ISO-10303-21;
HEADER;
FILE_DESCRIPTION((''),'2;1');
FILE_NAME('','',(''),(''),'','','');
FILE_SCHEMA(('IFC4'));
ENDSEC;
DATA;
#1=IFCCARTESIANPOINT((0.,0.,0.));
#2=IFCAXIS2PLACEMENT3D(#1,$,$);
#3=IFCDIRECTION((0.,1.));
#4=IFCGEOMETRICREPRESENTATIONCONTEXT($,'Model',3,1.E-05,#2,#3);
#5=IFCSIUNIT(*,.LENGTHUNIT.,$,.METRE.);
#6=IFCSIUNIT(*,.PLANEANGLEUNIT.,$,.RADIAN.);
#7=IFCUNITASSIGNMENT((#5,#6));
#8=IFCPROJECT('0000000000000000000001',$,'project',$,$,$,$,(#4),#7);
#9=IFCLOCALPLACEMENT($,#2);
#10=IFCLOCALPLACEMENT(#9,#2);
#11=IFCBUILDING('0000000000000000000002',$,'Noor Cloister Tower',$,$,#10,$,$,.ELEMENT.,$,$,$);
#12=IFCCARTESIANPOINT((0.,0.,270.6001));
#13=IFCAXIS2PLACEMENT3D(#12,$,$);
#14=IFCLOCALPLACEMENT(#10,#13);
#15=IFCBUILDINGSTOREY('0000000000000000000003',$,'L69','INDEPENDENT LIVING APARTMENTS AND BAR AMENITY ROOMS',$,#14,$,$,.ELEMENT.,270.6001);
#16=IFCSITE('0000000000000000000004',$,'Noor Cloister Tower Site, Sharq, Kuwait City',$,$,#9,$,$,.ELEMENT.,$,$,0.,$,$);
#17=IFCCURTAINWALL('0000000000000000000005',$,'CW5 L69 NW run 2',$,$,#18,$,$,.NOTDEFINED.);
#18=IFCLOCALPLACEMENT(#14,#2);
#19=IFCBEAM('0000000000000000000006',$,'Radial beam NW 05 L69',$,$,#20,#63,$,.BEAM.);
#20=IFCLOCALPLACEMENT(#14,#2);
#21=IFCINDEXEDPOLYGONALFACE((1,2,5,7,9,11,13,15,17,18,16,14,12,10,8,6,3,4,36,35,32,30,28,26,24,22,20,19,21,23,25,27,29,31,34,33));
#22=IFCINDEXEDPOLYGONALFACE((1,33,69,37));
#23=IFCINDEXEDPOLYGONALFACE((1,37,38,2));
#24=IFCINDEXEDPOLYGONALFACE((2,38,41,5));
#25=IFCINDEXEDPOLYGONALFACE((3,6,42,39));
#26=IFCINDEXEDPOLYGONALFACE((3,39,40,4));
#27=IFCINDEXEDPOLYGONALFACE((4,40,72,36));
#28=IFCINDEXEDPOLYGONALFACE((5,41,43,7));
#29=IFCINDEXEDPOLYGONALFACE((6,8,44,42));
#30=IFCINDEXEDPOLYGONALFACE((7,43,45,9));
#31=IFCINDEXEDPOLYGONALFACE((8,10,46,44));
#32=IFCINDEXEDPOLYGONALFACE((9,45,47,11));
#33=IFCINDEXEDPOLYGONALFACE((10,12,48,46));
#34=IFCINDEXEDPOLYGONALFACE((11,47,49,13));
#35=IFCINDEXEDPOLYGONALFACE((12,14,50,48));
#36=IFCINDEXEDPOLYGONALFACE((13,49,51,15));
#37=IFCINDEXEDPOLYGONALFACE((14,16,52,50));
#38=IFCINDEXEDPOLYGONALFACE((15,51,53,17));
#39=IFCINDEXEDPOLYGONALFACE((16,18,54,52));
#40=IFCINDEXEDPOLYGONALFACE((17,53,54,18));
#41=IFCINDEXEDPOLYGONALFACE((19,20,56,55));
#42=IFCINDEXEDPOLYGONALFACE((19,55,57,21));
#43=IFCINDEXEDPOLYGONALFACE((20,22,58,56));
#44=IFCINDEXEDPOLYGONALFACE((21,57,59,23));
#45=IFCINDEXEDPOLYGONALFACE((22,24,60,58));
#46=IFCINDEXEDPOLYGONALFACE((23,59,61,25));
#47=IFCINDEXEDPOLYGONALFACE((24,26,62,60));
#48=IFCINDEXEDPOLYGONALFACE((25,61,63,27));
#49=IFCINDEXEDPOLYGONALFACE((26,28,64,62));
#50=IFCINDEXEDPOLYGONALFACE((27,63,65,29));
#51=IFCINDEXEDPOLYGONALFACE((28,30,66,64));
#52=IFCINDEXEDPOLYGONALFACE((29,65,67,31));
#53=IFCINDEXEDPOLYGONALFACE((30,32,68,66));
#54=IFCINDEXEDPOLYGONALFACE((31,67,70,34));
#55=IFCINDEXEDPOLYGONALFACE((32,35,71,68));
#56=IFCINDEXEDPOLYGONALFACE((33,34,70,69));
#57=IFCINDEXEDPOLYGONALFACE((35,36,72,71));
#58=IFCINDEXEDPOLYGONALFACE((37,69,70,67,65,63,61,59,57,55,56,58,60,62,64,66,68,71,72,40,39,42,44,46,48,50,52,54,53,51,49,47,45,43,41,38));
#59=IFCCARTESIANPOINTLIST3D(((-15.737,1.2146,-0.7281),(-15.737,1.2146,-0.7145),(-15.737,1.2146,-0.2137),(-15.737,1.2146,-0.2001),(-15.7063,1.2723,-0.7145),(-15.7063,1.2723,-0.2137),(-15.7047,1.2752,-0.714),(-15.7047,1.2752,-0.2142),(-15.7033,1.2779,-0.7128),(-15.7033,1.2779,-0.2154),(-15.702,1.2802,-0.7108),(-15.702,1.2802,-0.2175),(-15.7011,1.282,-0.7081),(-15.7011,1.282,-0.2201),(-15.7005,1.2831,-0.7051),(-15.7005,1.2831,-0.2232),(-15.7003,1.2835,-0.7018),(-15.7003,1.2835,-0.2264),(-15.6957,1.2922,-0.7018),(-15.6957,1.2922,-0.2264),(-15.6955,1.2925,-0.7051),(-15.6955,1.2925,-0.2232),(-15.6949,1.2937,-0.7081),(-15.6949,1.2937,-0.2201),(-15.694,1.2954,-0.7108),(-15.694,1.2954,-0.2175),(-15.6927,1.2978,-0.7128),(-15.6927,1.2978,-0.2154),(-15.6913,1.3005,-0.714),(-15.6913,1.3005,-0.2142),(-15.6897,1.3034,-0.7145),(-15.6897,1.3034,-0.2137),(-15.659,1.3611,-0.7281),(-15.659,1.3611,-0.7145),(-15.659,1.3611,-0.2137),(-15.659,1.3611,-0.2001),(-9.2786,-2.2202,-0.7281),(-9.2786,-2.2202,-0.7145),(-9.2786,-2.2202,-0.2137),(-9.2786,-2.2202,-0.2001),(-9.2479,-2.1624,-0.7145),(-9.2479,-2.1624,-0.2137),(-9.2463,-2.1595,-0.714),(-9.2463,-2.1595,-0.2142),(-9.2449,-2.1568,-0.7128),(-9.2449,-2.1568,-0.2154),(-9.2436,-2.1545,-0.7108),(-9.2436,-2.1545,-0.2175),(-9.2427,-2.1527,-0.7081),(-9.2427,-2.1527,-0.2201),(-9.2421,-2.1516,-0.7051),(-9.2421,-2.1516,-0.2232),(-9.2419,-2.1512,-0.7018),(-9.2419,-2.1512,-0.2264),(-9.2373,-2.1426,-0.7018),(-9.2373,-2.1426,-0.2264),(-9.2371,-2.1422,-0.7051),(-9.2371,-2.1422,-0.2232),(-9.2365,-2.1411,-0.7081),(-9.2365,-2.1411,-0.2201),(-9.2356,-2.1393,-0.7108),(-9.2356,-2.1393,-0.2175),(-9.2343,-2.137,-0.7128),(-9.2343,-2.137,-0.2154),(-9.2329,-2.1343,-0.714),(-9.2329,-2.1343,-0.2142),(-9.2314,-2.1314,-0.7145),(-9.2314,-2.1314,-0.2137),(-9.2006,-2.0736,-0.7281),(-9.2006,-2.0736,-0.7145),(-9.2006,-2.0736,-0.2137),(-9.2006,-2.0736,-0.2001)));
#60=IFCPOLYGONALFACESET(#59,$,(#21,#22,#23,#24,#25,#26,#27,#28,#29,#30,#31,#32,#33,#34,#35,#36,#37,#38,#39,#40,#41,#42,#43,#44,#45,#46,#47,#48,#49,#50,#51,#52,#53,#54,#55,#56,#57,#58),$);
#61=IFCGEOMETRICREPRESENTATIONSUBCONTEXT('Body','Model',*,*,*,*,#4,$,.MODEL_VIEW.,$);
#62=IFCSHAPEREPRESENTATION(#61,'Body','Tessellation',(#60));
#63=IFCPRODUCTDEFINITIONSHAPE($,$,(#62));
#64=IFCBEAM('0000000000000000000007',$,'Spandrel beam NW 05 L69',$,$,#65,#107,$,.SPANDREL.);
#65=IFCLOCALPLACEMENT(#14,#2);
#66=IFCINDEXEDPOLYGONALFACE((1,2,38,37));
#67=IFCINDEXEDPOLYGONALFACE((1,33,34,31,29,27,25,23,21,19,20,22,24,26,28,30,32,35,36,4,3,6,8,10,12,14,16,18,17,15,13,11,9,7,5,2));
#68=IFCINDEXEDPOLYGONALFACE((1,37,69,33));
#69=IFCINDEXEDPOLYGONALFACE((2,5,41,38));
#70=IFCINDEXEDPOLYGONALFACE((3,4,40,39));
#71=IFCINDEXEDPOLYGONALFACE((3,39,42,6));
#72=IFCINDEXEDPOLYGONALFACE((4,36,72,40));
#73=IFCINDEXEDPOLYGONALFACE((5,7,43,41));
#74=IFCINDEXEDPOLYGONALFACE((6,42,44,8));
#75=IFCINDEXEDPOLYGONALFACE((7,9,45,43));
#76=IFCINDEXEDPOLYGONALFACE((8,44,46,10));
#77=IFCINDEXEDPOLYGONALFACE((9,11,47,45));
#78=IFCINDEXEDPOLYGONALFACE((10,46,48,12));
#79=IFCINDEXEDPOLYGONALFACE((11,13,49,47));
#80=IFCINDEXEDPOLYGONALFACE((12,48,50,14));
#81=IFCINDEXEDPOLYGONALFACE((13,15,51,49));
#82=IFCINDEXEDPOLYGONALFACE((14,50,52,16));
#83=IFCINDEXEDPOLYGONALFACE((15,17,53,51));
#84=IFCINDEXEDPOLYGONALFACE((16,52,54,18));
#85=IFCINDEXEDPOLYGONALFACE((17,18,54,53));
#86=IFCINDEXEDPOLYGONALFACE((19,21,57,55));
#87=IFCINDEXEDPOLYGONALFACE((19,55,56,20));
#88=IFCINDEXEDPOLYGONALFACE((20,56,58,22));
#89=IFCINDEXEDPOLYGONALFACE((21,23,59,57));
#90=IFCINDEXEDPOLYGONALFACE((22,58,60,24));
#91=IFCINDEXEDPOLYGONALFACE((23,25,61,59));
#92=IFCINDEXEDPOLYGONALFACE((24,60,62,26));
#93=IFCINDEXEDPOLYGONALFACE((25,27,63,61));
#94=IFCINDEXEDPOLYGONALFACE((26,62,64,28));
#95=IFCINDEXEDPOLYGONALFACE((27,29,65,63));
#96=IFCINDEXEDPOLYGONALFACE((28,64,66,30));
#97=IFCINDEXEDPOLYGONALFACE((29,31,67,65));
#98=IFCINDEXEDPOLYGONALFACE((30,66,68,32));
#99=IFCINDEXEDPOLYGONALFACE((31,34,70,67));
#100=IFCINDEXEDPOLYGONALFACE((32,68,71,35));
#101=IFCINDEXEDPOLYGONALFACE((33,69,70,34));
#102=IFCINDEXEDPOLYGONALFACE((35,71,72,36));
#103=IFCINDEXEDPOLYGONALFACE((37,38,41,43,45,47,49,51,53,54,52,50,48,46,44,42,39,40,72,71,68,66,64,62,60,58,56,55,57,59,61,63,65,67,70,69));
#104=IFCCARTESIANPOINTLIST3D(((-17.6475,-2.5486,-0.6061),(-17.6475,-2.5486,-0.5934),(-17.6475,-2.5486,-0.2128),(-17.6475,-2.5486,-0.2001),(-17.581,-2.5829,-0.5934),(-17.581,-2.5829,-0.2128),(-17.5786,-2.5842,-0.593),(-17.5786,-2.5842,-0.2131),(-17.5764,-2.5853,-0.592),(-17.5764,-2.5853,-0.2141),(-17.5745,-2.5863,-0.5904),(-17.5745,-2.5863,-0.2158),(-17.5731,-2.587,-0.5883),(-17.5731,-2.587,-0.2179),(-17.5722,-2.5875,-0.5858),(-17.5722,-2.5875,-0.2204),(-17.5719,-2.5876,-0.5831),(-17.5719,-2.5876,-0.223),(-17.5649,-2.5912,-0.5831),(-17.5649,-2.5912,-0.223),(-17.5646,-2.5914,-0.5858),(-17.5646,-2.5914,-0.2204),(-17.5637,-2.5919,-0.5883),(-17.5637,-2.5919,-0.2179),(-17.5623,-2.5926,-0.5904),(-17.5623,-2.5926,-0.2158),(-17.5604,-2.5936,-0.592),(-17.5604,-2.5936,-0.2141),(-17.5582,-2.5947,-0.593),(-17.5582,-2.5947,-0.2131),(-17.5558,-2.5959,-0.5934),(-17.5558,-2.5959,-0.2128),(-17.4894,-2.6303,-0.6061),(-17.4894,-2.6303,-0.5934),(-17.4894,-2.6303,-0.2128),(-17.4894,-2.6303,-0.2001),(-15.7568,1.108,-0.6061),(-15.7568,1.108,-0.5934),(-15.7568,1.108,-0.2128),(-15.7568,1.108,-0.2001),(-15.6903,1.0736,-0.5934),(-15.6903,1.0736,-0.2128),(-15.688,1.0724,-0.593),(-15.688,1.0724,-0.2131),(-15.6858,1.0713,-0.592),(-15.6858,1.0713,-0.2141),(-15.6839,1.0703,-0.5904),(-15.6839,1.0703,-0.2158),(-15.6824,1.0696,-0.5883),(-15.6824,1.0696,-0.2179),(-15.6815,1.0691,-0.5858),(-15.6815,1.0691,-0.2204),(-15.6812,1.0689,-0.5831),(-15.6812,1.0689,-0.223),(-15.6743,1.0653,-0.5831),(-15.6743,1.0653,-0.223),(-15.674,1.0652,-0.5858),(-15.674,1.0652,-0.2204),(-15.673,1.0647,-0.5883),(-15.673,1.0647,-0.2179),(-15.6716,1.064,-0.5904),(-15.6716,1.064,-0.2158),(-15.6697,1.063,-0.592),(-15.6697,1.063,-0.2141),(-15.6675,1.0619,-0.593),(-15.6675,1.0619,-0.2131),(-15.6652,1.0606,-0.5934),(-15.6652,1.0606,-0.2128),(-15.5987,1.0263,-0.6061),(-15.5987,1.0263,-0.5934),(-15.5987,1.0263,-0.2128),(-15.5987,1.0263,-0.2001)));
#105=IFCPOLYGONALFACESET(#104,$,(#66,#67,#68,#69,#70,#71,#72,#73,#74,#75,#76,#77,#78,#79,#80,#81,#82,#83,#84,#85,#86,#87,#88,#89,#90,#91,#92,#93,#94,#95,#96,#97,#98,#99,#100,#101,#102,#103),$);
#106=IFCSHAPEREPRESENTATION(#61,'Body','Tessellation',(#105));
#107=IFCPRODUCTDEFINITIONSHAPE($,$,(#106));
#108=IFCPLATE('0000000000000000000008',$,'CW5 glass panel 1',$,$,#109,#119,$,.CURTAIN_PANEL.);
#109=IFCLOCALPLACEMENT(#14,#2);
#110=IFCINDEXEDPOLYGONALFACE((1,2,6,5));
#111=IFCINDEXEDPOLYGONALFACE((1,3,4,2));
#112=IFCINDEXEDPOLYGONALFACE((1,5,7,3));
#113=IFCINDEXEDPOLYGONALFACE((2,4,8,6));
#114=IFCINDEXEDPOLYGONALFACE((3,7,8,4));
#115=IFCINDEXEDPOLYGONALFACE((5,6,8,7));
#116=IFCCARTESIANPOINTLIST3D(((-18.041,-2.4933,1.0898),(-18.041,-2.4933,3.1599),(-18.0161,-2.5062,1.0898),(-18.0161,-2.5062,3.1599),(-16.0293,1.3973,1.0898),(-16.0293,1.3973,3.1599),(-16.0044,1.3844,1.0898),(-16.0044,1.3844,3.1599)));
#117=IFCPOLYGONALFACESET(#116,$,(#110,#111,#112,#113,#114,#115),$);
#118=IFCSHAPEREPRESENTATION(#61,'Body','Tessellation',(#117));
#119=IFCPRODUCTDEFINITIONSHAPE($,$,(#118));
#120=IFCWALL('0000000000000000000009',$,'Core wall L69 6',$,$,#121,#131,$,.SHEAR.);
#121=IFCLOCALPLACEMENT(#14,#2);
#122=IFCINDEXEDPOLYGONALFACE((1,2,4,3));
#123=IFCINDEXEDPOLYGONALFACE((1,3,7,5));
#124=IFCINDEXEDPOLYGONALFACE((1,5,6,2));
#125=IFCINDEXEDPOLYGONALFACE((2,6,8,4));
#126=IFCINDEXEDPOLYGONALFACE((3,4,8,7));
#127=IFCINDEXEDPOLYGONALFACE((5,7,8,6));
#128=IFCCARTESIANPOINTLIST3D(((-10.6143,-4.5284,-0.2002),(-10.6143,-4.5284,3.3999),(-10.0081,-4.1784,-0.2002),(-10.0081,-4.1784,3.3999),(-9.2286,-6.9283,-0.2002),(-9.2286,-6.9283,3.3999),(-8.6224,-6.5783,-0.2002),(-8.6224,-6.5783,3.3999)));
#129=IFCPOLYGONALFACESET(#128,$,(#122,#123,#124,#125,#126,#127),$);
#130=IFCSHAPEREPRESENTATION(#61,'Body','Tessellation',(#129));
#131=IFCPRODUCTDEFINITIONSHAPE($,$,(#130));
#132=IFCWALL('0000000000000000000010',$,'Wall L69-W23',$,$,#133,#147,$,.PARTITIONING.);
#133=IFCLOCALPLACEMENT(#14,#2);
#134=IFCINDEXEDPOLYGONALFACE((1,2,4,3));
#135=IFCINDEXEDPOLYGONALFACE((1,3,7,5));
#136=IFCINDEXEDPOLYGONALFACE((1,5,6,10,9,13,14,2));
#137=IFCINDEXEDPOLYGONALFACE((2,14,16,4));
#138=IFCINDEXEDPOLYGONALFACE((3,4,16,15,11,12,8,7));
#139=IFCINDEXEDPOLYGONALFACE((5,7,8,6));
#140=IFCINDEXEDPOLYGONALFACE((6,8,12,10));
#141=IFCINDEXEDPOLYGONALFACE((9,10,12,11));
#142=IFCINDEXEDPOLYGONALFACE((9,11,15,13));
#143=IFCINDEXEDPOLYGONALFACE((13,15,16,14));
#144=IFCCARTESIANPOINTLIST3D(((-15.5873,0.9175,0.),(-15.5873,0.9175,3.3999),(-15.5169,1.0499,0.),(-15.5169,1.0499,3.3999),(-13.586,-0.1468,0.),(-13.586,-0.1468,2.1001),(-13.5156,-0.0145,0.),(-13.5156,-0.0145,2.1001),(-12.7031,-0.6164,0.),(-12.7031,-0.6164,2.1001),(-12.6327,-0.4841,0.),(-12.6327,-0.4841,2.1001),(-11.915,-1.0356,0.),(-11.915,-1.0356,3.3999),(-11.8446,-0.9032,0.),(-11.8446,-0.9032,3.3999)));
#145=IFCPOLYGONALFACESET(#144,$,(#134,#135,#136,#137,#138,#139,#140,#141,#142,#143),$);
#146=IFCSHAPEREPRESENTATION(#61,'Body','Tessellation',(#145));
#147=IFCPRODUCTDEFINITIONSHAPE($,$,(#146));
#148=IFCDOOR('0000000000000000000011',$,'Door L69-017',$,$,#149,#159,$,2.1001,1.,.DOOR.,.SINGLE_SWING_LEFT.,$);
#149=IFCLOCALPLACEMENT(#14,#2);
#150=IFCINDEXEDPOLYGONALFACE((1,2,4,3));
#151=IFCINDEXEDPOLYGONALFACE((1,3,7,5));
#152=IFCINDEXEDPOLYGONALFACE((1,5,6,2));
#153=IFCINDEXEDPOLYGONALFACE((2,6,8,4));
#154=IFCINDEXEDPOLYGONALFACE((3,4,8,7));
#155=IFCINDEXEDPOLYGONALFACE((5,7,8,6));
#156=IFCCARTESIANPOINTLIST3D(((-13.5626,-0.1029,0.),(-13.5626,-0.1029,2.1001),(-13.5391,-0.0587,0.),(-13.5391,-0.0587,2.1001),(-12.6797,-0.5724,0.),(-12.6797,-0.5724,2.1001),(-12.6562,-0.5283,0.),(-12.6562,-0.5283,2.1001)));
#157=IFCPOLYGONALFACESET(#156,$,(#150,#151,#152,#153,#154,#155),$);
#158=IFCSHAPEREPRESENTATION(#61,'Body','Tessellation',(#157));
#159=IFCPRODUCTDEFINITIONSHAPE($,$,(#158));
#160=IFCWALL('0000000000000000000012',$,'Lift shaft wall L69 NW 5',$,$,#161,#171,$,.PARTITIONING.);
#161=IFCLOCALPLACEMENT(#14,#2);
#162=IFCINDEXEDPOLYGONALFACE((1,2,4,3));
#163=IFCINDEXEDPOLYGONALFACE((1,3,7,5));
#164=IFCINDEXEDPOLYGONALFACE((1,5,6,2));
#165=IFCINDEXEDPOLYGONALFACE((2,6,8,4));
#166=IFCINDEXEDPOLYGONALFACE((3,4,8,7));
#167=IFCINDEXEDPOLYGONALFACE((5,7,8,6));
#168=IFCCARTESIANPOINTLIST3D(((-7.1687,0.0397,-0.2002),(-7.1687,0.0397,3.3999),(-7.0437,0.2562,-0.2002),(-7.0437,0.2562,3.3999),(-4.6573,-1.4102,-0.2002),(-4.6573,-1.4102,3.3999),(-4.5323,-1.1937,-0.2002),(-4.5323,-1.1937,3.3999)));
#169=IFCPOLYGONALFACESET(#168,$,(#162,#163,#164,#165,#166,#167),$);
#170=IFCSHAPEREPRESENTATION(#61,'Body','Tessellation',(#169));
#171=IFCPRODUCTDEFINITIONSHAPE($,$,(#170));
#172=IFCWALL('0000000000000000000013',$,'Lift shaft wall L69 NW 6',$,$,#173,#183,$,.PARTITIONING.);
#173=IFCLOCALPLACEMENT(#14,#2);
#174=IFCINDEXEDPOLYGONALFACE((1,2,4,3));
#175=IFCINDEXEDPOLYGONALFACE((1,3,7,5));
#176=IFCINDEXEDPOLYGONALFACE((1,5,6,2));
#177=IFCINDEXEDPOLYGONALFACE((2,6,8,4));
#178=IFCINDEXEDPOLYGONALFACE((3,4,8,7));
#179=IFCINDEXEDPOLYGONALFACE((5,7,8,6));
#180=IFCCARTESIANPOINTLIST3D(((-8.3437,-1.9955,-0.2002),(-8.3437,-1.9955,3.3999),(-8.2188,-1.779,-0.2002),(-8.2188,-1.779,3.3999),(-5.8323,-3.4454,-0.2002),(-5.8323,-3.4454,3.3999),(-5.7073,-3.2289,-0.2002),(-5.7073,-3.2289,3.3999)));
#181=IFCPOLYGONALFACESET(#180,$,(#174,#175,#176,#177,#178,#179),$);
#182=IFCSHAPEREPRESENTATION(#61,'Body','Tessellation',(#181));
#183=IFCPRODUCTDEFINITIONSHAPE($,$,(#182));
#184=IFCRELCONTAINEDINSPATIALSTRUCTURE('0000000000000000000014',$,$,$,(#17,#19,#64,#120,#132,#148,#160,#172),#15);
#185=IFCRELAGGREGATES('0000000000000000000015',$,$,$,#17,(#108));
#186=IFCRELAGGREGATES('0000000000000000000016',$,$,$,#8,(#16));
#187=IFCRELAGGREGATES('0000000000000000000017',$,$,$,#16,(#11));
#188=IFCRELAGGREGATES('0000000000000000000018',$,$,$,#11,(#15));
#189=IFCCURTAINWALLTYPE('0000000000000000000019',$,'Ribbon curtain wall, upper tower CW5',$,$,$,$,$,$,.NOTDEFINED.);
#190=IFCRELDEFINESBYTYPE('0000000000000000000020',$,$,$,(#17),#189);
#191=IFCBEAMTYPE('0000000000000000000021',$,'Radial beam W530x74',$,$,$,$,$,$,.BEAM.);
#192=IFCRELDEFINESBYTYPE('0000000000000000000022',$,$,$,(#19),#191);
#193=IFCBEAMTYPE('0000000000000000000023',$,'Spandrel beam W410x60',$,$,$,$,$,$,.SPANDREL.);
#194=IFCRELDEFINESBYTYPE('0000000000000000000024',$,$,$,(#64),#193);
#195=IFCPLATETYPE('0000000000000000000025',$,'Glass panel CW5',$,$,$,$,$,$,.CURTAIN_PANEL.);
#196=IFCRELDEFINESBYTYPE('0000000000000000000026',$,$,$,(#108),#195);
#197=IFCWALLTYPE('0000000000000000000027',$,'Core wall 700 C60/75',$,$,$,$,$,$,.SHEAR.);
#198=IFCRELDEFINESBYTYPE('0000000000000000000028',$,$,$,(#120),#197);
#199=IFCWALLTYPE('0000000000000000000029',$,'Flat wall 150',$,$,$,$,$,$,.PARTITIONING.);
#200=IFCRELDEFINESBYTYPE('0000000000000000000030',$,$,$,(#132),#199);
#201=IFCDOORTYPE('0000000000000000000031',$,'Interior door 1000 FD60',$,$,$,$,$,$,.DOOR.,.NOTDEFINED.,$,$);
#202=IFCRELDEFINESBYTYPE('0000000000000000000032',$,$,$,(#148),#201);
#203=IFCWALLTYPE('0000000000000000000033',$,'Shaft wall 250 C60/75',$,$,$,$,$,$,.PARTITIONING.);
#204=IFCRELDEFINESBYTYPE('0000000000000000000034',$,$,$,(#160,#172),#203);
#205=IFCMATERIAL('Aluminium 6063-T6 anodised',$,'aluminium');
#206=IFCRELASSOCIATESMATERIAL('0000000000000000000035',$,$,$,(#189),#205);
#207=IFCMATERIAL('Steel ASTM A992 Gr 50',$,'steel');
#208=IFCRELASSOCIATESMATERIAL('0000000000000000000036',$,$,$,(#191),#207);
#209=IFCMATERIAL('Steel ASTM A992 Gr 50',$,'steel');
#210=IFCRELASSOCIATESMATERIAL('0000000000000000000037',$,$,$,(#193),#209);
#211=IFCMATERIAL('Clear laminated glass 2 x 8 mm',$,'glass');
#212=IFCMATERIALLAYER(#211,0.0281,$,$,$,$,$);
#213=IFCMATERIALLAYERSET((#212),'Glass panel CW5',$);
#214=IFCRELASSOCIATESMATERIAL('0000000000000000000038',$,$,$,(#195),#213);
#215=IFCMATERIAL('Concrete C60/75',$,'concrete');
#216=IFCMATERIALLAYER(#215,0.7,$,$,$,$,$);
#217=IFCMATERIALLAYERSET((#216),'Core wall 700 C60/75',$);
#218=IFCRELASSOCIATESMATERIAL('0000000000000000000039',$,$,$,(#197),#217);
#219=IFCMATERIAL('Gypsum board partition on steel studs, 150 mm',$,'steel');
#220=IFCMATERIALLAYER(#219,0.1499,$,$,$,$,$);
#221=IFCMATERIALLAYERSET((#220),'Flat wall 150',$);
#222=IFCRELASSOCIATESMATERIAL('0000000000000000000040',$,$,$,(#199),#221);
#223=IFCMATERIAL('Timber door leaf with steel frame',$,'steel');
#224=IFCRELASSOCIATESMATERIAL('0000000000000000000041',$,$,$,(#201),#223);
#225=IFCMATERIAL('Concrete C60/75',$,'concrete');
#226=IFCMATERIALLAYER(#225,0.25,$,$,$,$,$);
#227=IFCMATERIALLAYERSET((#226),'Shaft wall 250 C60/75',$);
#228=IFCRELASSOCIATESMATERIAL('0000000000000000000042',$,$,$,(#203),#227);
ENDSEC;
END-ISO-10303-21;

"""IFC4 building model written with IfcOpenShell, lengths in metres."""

from ifc_helpers import new_model, si_unit, direction, frame, frame_2d, origin, origin_2d, place, context, subcontext, project, spatial, rectangle, i_section, extrude, material, layer, layer_set, material_profile, profile_set, type_object, element, fill, aggregate, save


model = new_model("IFC4")

# Units and contexts
model_context = context("Model", 3, precision=1e-05, world=origin(), true_north=direction((0.0, 1.0)))
body_context = subcontext(model_context, "Body", "Model", "MODEL_VIEW")
ifc_project = project(units=[si_unit("LENGTHUNIT", "METRE"), si_unit("PLANEANGLEUNIT", "RADIAN")], contexts=[model_context])

# Site, building, storey
site_placement = place(None, origin())
site = spatial("IfcSite", under=ifc_project, at=site_placement, Name="Noor Cloister Tower Site, Sharq, Kuwait City", CompositionType="ELEMENT", RefElevation=0.0)
building_placement = place(site_placement, origin())
building = spatial("IfcBuilding", under=site, at=building_placement, Name="Noor Cloister Tower", CompositionType="ELEMENT")
storey_placement = place(building_placement, frame((0.0, 0.0, 270.6001)))
storey = spatial("IfcBuildingStorey", under=building, at=storey_placement, Name="L69", Description="INDEPENDENT LIVING APARTMENTS AND BAR AMENITY ROOMS", CompositionType="ELEMENT", Elevation=270.6001)

# Curtain wall
ifc_material_1 = material(Name="Aluminium 6063-T6 anodised", Category="aluminium")
curtain_wall_type = type_object("IfcCurtainWallType", Name="Ribbon curtain wall, upper tower CW5", PredefinedType="NOTDEFINED", material=ifc_material_1)
curtain_wall_placement = place(storey_placement, origin())
curtain_wall = element("IfcCurtainWall", 1, at=curtain_wall_placement, inside=storey, type_object=curtain_wall_type, Name="CW5 L69 NW run 2", PredefinedType="NOTDEFINED")

# Beams
ifc_material_2 = material(Name="Steel ASTM A992 Gr 50", Category="steel")
ifc_material_profile_1 = material_profile(ifc_material_2, i_section(OverallWidth=0.166, OverallDepth=0.5281, WebThickness=0.0098, FlangeThickness=0.0137, FilletRadius=0.0127, at=origin_2d()), Name="W530x74")
ifc_profile_set_1 = profile_set([ifc_material_profile_1], Name="Steel ASTM A992 Gr 50")
beam_type_1 = type_object("IfcBeamType", Name="Radial beam W530x74", PredefinedType="BEAM", material=ifc_profile_set_1)
beam_1_placement = place(storey_placement, frame((-15.698, 1.2878, -0.4641), z_axis=(0.882904, -0.469554, 0.0), x_axis=(0.469554, 0.882904, 0.0)))
element("IfcBeam", 2, at=beam_1_placement, inside=storey, type_object=beam_type_1, Name="Radial beam NW 05 L69", PredefinedType="BEAM", context=body_context, shape_type="SweptSolid", body=[
    extrude(i_section(OverallWidth=0.166, OverallDepth=0.5281, WebThickness=0.0098, FlangeThickness=0.0137, FilletRadius=0.0127, at=origin_2d()), origin(), (0.0, 0.0, 1.0), 7.3149),
])
ifc_material_3 = material(Name="Steel ASTM A992 Gr 50", Category="steel")
ifc_material_profile_2 = material_profile(ifc_material_3, i_section(OverallWidth=0.178, OverallDepth=0.406, WebThickness=0.0078, FlangeThickness=0.0127, FilletRadius=0.0103, at=origin_2d()), Name="W410x60")
ifc_profile_set_2 = profile_set([ifc_material_profile_2], Name="Steel ASTM A992 Gr 50")
beam_type_2 = type_object("IfcBeamType", Name="Spandrel beam W410x60", PredefinedType="SPANDREL", material=ifc_profile_set_2)
beam_2_placement = place(storey_placement, frame((-15.6777, 1.0671, -0.4031), z_axis=(-0.459295, -0.888284, 0.0), x_axis=(0.888284, -0.459295, 0.0)))
element("IfcBeam", 3, at=beam_2_placement, inside=storey, type_object=beam_type_2, Name="Spandrel beam NW 05 L69", PredefinedType="SPANDREL", context=body_context, shape_type="SweptSolid", body=[
    extrude(i_section(OverallWidth=0.178, OverallDepth=0.406, WebThickness=0.0078, FlangeThickness=0.0127, FilletRadius=0.0103, at=origin_2d()), origin(), (0.0, 0.0, 1.0), 4.1165),
])

# Plate
ifc_material_4 = material(Name="Clear laminated glass 2 x 8 mm", Category="glass")
ifc_layer_1 = layer(ifc_material_4, 0.0281)
ifc_layer_set_1 = layer_set([ifc_layer_1], Name="Glass panel CW5")
plate_type = type_object("IfcPlateType", Name="Glass panel CW5", PredefinedType="CURTAIN_PANEL", material=ifc_layer_set_1)
plate_placement = place(storey_placement, frame((-17.0227, -0.5544, 1.0898), z_axis=(0.0, 0.0, 1.0), x_axis=(-0.459306, -0.888278, 0.0)))
plate = element("IfcPlate", 4, at=plate_placement, type_object=plate_type, Name="CW5 glass panel 1", PredefinedType="CURTAIN_PANEL", context=body_context, shape_type="SweptSolid", body=[
    extrude(rectangle(XDim=4.3799, YDim=0.0281, at=origin_2d()), origin(), (0.0, 0.0, 1.0), 2.0701),
])
aggregate(curtain_wall, [plate])

# Wall
ifc_material_5 = material(Name="Concrete C60/75", Category="concrete")
ifc_layer_2 = layer(ifc_material_5, 0.7)
ifc_layer_set_2 = layer_set([ifc_layer_2], Name="Core wall 700 C60/75")
wall_type_1 = type_object("IfcWallType", Name="Core wall 700 C60/75", PredefinedType="SHEAR", material=ifc_layer_set_2)
wall_1_placement = place(storey_placement, frame((-10.3113, -4.3533, -0.2002), z_axis=(0.0, 0.0, 1.0), x_axis=(0.500043, -0.866001, 0.0)))
element("IfcWall", 5, at=wall_1_placement, inside=storey, type_object=wall_type_1, Name="Core wall L69 6", PredefinedType="SHEAR", context=body_context, shape_type="SweptSolid", body=[
    extrude(rectangle(XDim=2.7712, YDim=0.7, at=frame_2d((1.3857, 0.0))), origin(), (0.0, 0.0, 1.0), 3.6001),
])

# Wall, opening, door
ifc_material_6 = material(Name="Gypsum board partition on steel studs, 150 mm", Category="steel")
ifc_layer_3 = layer(ifc_material_6, 0.1499)
ifc_layer_set_3 = layer_set([ifc_layer_3], Name="Flat wall 150")
wall_type_2 = type_object("IfcWallType", Name="Flat wall 150", PredefinedType="PARTITIONING", material=ifc_layer_set_3)
wall_2_placement = place(storey_placement, frame((-15.552, 0.9836, 0.0), z_axis=(0.0, 0.0, 1.0), x_axis=(0.882898, -0.469564, 0.0)))
wall_2 = element("IfcWall", 6, at=wall_2_placement, inside=storey, type_object=wall_type_2, Name="Wall L69-W23", PredefinedType="PARTITIONING", context=body_context, shape_type="SweptSolid", body=[
    extrude(rectangle(XDim=4.1594, YDim=0.1499, at=frame_2d((2.0796, 0.0))), origin(), (0.0, 0.0, 1.0), 3.3999),
])
opening_1_placement = place(wall_2_placement, frame((2.2666, 0.0, 0.0)))
opening_1 = element("IfcOpeningElement", 7, at=opening_1_placement, cuts=wall_2, PredefinedType="OPENING", context=body_context, shape_type="SweptSolid", body=[
    extrude(rectangle(XDim=1.0, YDim=2.1001, at=frame_2d((0.5, 1.05))), frame((0.0, 0.085, 0.0), z_axis=(0.0, -1.0, 0.0), x_axis=(1.0, 0.0, 0.0)), (0.0, 0.0, 1.0), 0.1699),
])
ifc_material_7 = material(Name="Timber door leaf with steel frame", Category="steel")
door_type_1 = type_object("IfcDoorType", Name="Interior door 1000 FD60", OperationType="NOTDEFINED", PredefinedType="DOOR", material=ifc_material_7)
door_1_placement = place(opening_1_placement, origin())
door_1 = element("IfcDoor", 8, at=door_1_placement, inside=storey, type_object=door_type_1, Name="Door L69-017", OperationType="SINGLE_SWING_LEFT", OverallHeight=2.1001, OverallWidth=1.0, PredefinedType="DOOR", context=body_context, shape_type="SweptSolid", body=[
    extrude(rectangle(XDim=1.0, YDim=2.1001, at=frame_2d((0.5, 1.05))), frame((0.0, 0.0249, 0.0), z_axis=(0.0, -1.0, 0.0), x_axis=(1.0, 0.0, 0.0)), (0.0, 0.0, 1.0), 0.05),
])
fill(opening_1, door_1)

# Walls
ifc_material_8 = material(Name="Concrete C60/75", Category="concrete")
ifc_layer_4 = layer(ifc_material_8, 0.25)
ifc_layer_set_4 = layer_set([ifc_layer_4], Name="Shaft wall 250 C60/75")
wall_type_3 = type_object("IfcWallType", Name="Shaft wall 250 C60/75", PredefinedType="PARTITIONING", material=ifc_layer_set_4)
for number, where, z_axis, x_axis, name in (
    (9, (-7.1062, 0.1479, -0.2002), (0.0, 0.0, 1.0), (0.866033, -0.499987, 0.0), "Lift shaft wall L69 NW 5"),
    (10, (-8.2812, -1.8872, -0.2002), (0.0, 0.0, 1.0), (0.866033, -0.499987, 0.0), "Lift shaft wall L69 NW 6"),
):
    element("IfcWall", number, at=place(storey_placement, frame(where, z_axis=z_axis, x_axis=x_axis)), inside=storey, type_object=wall_type_3, Name=name, PredefinedType="PARTITIONING", context=body_context, shape_type="SweptSolid", body=[
        extrude(rectangle(XDim=2.8999, YDim=0.25, at=frame_2d((1.45, 0.0))), origin(), (0.0, 0.0, 1.0), 3.6001),
    ])

save(model, "model.ifc")
